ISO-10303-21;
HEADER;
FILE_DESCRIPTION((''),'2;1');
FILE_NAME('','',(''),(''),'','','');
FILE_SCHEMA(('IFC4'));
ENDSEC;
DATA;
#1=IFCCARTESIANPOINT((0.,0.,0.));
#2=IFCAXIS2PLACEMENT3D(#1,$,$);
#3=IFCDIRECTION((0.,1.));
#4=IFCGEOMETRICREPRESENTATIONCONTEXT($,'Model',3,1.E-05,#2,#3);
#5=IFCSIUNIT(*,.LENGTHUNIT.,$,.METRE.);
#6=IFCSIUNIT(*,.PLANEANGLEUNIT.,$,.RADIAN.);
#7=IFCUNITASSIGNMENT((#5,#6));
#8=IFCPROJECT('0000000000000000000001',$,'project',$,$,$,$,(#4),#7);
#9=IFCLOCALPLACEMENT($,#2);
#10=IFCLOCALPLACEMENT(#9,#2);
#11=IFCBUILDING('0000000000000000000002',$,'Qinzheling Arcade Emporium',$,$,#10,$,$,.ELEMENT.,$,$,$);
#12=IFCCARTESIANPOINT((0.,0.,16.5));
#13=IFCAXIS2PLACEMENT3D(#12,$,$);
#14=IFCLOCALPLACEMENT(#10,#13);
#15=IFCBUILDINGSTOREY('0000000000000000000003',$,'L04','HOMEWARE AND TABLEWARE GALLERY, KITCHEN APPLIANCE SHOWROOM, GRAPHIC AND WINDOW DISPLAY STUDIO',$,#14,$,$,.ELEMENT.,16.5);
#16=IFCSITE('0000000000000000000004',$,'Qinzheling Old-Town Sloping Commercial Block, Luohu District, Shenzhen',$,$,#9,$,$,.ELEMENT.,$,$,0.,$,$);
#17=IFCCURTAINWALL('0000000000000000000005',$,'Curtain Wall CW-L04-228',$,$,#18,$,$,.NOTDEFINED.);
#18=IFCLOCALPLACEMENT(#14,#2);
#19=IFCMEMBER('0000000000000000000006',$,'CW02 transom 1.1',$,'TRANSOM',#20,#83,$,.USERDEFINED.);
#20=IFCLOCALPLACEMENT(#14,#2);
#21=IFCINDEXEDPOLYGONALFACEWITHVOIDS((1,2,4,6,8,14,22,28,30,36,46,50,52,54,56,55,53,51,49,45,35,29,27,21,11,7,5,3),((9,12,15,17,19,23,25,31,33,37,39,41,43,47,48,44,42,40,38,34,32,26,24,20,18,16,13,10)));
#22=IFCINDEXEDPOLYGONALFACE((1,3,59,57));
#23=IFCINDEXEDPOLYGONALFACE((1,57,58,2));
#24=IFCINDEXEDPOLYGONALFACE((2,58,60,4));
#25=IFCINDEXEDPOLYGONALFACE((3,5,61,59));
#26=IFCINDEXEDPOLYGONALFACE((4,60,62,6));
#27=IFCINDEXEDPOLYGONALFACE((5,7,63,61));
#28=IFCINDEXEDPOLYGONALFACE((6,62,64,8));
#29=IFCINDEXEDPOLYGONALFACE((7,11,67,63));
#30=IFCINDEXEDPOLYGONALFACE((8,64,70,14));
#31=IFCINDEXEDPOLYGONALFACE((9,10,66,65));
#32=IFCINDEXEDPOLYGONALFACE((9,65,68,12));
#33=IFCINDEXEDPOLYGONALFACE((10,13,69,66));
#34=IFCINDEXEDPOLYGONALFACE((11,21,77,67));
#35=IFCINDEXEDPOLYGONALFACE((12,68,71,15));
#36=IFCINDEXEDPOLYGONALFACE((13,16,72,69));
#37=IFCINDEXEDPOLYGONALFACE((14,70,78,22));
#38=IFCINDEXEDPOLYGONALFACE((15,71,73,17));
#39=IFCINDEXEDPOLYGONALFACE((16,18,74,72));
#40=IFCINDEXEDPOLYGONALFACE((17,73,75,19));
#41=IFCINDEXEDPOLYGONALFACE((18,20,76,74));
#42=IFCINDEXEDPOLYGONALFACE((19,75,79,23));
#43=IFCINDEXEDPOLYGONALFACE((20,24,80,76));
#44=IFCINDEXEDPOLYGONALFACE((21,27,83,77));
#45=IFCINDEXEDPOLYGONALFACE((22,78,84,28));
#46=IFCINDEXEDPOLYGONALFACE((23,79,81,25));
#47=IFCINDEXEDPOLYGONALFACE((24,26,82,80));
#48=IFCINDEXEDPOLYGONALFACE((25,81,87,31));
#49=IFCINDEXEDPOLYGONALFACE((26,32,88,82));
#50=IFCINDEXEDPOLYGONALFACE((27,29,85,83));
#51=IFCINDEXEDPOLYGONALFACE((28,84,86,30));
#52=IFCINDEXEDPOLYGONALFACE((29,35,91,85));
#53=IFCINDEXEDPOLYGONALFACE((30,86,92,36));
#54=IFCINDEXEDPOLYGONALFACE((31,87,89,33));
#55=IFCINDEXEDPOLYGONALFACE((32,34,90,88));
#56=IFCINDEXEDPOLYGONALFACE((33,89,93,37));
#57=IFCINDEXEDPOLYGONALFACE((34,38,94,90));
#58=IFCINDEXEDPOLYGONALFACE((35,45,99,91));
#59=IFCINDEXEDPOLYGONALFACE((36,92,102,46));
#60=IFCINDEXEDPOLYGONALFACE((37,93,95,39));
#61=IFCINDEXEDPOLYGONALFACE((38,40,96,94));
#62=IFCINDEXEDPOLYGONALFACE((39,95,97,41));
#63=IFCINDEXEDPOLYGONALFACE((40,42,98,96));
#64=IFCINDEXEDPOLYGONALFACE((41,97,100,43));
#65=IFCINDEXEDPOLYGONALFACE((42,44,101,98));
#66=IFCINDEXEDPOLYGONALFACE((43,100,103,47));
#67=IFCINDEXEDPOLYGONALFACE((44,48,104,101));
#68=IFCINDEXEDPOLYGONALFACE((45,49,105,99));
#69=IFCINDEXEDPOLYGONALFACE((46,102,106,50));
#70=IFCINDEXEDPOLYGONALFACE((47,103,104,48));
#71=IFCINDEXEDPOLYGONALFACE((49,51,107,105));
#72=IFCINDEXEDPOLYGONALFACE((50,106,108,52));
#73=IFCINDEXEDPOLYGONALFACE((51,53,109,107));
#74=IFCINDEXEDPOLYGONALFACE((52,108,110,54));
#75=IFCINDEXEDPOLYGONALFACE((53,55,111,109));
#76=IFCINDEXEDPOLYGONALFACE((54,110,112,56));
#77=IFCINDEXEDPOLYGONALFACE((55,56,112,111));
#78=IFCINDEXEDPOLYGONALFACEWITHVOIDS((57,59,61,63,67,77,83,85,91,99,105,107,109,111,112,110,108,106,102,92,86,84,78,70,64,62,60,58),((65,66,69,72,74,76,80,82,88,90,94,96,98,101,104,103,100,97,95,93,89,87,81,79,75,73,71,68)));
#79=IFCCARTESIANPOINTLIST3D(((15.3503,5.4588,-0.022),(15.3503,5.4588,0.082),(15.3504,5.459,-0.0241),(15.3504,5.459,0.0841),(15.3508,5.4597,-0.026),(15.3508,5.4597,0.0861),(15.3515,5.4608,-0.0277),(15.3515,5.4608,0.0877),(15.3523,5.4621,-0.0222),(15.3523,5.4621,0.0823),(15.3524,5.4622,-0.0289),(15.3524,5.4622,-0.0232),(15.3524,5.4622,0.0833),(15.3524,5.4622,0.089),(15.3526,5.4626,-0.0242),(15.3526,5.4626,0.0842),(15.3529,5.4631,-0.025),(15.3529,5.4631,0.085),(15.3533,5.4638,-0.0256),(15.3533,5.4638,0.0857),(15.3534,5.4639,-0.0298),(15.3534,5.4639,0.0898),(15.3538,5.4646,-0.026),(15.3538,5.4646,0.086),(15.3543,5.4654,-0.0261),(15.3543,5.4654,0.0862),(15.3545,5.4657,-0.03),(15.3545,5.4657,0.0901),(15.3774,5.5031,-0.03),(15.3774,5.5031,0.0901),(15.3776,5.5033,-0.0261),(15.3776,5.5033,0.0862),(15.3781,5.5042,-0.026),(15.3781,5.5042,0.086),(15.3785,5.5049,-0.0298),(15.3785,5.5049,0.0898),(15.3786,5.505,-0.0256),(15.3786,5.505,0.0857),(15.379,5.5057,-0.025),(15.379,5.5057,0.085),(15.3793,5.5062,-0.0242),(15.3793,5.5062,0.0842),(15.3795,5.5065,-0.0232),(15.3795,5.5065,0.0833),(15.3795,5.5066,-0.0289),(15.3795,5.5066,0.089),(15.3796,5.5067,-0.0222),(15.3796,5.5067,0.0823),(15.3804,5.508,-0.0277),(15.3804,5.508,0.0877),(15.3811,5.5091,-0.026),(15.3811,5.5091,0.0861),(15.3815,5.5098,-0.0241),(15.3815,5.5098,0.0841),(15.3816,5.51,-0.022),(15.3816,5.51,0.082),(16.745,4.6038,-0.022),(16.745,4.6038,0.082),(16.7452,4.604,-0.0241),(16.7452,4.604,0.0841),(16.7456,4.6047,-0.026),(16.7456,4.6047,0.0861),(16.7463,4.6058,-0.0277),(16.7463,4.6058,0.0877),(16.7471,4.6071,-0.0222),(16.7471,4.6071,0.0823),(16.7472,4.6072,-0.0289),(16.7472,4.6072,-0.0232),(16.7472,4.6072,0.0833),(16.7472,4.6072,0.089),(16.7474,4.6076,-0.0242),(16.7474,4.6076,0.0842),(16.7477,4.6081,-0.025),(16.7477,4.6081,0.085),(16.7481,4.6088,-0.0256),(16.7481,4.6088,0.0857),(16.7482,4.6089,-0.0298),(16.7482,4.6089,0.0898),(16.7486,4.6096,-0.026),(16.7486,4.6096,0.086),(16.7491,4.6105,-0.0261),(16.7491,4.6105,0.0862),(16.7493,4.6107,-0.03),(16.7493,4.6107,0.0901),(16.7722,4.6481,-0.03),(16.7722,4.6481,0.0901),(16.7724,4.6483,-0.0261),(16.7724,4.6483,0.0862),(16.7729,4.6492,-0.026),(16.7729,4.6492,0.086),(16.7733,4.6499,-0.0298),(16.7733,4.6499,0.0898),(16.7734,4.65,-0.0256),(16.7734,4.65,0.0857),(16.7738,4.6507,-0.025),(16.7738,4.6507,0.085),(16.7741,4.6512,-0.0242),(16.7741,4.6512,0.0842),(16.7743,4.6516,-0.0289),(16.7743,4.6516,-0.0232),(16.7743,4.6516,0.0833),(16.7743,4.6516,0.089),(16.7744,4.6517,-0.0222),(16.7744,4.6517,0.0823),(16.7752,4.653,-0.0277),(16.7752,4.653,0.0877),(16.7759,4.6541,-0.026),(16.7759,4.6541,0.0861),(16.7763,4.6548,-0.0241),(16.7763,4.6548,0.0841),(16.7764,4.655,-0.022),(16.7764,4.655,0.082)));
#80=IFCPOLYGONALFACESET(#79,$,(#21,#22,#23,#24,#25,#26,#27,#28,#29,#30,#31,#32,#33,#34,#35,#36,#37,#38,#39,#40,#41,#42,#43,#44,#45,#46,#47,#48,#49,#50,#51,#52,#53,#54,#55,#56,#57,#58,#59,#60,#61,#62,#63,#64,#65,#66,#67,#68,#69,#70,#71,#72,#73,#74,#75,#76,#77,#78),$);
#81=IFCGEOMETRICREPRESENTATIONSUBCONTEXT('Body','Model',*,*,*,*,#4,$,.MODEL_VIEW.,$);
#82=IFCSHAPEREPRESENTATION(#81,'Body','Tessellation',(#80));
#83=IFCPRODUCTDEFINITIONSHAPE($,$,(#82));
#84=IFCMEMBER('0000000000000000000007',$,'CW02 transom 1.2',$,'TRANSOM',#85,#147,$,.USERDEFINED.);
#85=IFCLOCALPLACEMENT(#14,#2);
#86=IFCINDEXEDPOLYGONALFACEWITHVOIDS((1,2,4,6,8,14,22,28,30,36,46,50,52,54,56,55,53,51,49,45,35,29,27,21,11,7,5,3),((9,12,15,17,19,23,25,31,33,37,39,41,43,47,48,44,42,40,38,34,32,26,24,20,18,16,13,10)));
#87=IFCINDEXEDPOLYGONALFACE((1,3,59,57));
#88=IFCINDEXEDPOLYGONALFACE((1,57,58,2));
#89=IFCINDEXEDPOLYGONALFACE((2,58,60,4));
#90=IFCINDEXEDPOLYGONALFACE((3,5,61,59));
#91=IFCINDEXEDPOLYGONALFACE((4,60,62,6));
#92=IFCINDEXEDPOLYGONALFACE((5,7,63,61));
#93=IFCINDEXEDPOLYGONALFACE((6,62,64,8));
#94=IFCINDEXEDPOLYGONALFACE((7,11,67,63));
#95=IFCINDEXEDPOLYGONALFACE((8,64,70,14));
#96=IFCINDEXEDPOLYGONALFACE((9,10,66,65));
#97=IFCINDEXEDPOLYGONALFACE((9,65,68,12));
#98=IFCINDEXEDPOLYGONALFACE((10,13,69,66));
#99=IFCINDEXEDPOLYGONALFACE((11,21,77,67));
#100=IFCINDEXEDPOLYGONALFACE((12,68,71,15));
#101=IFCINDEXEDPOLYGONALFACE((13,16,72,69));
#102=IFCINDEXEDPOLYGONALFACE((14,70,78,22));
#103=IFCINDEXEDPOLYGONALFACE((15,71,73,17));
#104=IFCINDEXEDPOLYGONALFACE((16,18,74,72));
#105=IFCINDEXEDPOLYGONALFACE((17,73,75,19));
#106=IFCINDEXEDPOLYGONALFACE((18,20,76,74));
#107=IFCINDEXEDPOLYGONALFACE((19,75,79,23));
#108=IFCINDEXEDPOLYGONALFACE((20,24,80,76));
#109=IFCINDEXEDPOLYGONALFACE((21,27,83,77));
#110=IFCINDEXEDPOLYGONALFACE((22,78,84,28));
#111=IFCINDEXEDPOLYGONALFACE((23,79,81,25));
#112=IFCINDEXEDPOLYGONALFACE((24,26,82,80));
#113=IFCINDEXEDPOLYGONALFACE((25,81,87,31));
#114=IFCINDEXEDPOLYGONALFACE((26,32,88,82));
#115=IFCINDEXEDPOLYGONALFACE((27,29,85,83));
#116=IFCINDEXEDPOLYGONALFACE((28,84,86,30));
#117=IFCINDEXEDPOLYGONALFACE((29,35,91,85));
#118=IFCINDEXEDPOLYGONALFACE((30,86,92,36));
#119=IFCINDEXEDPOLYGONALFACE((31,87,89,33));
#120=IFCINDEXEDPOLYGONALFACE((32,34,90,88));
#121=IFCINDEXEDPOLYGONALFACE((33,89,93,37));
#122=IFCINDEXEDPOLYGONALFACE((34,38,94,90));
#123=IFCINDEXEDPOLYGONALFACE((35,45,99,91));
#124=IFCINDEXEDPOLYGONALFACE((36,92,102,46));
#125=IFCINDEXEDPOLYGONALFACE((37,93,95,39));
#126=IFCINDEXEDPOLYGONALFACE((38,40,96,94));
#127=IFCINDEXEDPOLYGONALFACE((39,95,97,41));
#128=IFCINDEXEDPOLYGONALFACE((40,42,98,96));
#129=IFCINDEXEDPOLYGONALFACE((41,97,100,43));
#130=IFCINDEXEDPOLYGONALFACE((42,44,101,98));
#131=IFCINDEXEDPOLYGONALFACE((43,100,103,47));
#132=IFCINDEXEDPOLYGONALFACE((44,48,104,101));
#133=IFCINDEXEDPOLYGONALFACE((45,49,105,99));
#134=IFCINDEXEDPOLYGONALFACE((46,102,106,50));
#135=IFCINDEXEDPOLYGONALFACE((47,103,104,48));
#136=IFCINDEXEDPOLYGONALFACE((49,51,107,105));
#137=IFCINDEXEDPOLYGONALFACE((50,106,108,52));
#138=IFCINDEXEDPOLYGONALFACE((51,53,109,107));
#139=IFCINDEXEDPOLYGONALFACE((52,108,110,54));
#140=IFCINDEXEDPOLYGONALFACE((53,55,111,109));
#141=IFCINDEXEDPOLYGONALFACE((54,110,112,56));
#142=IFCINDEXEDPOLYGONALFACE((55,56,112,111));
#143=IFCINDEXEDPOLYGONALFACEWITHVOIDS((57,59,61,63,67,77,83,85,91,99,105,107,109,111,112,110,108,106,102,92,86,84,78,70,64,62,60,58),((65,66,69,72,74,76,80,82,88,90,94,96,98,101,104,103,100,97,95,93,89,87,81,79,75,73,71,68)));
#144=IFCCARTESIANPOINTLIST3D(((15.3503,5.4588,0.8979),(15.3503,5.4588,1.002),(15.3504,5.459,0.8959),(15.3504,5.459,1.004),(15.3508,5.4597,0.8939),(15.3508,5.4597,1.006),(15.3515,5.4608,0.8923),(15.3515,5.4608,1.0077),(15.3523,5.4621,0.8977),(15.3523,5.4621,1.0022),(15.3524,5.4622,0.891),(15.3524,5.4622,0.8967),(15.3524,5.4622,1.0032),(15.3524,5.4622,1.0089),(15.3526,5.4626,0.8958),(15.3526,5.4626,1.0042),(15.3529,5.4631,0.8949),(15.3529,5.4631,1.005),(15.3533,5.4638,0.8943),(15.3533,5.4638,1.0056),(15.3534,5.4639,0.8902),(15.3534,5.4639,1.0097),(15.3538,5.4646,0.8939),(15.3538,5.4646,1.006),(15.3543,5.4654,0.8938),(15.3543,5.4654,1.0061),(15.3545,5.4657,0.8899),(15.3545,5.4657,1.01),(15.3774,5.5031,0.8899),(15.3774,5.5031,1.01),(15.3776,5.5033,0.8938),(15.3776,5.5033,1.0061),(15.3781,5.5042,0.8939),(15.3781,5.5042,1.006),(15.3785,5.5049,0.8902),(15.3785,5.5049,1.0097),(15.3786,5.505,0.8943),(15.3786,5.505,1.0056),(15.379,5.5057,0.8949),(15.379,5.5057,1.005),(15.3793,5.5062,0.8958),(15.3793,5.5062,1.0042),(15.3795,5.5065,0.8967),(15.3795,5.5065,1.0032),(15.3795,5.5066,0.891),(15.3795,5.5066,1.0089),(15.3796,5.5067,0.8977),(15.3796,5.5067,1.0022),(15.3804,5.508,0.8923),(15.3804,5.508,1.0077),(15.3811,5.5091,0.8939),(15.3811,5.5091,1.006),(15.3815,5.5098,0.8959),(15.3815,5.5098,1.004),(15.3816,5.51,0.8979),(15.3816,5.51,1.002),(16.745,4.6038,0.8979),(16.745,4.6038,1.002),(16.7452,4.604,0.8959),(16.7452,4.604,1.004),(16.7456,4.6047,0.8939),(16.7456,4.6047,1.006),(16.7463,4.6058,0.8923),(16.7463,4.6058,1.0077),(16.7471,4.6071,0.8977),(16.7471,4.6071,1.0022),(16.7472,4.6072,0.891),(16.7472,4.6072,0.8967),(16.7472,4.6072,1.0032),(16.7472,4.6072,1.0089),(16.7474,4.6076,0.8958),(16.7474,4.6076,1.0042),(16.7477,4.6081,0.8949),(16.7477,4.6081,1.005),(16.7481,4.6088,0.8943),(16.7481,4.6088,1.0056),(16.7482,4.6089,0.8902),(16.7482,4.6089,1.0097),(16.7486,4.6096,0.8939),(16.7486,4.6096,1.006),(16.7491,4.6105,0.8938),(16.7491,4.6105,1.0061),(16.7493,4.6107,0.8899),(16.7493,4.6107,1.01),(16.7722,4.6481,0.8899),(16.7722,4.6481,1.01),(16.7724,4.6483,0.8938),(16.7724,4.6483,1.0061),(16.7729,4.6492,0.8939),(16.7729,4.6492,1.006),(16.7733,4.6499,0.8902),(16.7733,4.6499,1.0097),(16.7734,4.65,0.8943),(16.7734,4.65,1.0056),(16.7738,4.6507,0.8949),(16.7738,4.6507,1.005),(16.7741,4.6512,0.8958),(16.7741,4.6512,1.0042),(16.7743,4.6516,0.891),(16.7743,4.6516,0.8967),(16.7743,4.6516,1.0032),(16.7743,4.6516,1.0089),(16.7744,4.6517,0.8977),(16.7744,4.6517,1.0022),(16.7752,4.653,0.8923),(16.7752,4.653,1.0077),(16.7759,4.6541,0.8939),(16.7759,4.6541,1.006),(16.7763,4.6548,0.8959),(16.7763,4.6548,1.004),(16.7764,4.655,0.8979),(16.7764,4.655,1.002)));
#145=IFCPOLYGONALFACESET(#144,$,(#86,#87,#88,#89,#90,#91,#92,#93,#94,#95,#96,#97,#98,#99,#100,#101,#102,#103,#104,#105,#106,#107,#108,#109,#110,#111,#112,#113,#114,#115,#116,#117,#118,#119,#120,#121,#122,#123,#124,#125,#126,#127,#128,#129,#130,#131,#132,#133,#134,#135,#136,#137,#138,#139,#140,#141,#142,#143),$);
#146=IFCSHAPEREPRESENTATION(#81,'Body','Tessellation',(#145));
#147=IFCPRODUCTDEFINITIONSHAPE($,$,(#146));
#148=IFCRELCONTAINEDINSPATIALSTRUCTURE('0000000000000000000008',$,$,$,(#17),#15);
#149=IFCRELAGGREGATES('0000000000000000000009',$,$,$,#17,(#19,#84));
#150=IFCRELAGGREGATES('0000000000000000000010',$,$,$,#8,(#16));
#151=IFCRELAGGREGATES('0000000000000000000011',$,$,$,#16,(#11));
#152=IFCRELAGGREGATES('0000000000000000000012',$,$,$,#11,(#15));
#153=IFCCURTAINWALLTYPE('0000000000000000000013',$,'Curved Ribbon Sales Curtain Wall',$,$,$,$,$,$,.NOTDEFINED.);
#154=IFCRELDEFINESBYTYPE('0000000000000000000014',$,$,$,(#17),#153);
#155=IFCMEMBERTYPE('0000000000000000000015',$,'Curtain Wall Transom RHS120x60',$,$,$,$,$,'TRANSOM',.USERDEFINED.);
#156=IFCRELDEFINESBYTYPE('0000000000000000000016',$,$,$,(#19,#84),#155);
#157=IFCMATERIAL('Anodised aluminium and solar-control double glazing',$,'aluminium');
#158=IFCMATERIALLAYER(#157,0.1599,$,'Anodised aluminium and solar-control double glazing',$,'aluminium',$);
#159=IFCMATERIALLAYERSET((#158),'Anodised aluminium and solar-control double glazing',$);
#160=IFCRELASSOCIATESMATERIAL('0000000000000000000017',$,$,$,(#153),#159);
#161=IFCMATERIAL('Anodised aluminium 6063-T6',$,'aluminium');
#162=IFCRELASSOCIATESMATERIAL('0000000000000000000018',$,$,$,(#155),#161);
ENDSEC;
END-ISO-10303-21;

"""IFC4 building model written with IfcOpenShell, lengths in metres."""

from ifc_helpers import new_model, si_unit, direction, frame, origin, origin_2d, place, context, subcontext, project, spatial, hollow_rectangle, extrude, material, layer, layer_set, material_profile, profile_set, type_object, element, aggregate, save


model = new_model("IFC4")

# Units and contexts
model_context = context("Model", 3, precision=1e-05, world=origin(), true_north=direction((0.0, 1.0)))
body_context = subcontext(model_context, "Body", "Model", "MODEL_VIEW")
ifc_project = project(units=[si_unit("LENGTHUNIT", "METRE"), si_unit("PLANEANGLEUNIT", "RADIAN")], contexts=[model_context])

# Site, building, storey
site_placement = place(None, origin())
site = spatial("IfcSite", under=ifc_project, at=site_placement, Name="Qinzheling Old-Town Sloping Commercial Block, Luohu District, Shenzhen", CompositionType="ELEMENT", RefElevation=0.0)
building_placement = place(site_placement, origin())
building = spatial("IfcBuilding", under=site, at=building_placement, Name="Qinzheling Arcade Emporium", CompositionType="ELEMENT")
storey_placement = place(building_placement, frame((0.0, 0.0, 16.5)))
storey = spatial("IfcBuildingStorey", under=building, at=storey_placement, Name="L04", Description="HOMEWARE AND TABLEWARE GALLERY, KITCHEN APPLIANCE SHOWROOM, GRAPHIC AND WINDOW DISPLAY STUDIO", CompositionType="ELEMENT", Elevation=16.5)

# Shared definitions
ifc_material_1 = material(Name="Anodised aluminium and solar-control double glazing", Category="aluminium")
ifc_layer_1 = layer(ifc_material_1, 0.1599, Name="Anodised aluminium and solar-control double glazing", Category="aluminium")
ifc_layer_set_1 = layer_set([ifc_layer_1], Name="Anodised aluminium and solar-control double glazing")
curtain_wall_type = type_object("IfcCurtainWallType", Name="Curved Ribbon Sales Curtain Wall", PredefinedType="NOTDEFINED", material=ifc_layer_set_1)
ifc_material_2 = material(Name="Anodised aluminium 6063-T6", Category="aluminium")

# Curtain wall
curtain_wall_1_placement = place(storey_placement, origin())
curtain_wall_1 = element("IfcCurtainWall", 1, at=curtain_wall_1_placement, inside=storey, type_object=curtain_wall_type, Name="Curtain Wall CW-L04-228", PredefinedType="NOTDEFINED")

# Members
ifc_material_profile_1 = material_profile(ifc_material_2, hollow_rectangle(XDim=0.0601, YDim=0.1201, WallThickness=0.0039, InnerFilletRadius=0.0039, OuterFilletRadius=0.0081, at=origin_2d()), Name="RHS 120x60x4", Category="aluminium")
ifc_profile_set_1 = profile_set([ifc_material_profile_1], Name="Anodised aluminium 6063-T6")
member_type_1 = type_object("IfcMemberType", Name="Curtain Wall Transom RHS120x60", ElementType="TRANSOM", PredefinedType="USERDEFINED", material=ifc_profile_set_1)
member_1_placement = place(storey_placement, frame((16.7607, 4.6294, 0.03), z_axis=(-0.852569, 0.522615, 0.0), x_axis=(-0.522615, -0.852569, 0.0)))
member_1 = element("IfcMember", 2, at=member_1_placement, type_object=member_type_1, Name="CW02 transom 1.1", ObjectType="TRANSOM", PredefinedType="USERDEFINED", context=body_context, shape_type="SweptSolid", body=[
    extrude(hollow_rectangle(XDim=0.0601, YDim=0.1201, WallThickness=0.0039, InnerFilletRadius=0.0039, OuterFilletRadius=0.0081, at=origin_2d()), origin(), (0.0, 0.0, 1.0), 1.636),
])
member_2_placement = place(storey_placement, frame((16.7607, 4.6294, 0.95), z_axis=(-0.852569, 0.522615, 0.0), x_axis=(-0.522615, -0.852569, 0.0)))
member_2 = element("IfcMember", 3, at=member_2_placement, type_object=member_type_1, Name="CW02 transom 1.2", ObjectType="TRANSOM", PredefinedType="USERDEFINED", context=body_context, shape_type="SweptSolid", body=[
    extrude(hollow_rectangle(XDim=0.0601, YDim=0.1201, WallThickness=0.0039, InnerFilletRadius=0.0039, OuterFilletRadius=0.0081, at=origin_2d()), origin(), (0.0, 0.0, 1.0), 1.636),
])

aggregate(curtain_wall_1, [member_1, member_2])

save(model, "model.ifc")
